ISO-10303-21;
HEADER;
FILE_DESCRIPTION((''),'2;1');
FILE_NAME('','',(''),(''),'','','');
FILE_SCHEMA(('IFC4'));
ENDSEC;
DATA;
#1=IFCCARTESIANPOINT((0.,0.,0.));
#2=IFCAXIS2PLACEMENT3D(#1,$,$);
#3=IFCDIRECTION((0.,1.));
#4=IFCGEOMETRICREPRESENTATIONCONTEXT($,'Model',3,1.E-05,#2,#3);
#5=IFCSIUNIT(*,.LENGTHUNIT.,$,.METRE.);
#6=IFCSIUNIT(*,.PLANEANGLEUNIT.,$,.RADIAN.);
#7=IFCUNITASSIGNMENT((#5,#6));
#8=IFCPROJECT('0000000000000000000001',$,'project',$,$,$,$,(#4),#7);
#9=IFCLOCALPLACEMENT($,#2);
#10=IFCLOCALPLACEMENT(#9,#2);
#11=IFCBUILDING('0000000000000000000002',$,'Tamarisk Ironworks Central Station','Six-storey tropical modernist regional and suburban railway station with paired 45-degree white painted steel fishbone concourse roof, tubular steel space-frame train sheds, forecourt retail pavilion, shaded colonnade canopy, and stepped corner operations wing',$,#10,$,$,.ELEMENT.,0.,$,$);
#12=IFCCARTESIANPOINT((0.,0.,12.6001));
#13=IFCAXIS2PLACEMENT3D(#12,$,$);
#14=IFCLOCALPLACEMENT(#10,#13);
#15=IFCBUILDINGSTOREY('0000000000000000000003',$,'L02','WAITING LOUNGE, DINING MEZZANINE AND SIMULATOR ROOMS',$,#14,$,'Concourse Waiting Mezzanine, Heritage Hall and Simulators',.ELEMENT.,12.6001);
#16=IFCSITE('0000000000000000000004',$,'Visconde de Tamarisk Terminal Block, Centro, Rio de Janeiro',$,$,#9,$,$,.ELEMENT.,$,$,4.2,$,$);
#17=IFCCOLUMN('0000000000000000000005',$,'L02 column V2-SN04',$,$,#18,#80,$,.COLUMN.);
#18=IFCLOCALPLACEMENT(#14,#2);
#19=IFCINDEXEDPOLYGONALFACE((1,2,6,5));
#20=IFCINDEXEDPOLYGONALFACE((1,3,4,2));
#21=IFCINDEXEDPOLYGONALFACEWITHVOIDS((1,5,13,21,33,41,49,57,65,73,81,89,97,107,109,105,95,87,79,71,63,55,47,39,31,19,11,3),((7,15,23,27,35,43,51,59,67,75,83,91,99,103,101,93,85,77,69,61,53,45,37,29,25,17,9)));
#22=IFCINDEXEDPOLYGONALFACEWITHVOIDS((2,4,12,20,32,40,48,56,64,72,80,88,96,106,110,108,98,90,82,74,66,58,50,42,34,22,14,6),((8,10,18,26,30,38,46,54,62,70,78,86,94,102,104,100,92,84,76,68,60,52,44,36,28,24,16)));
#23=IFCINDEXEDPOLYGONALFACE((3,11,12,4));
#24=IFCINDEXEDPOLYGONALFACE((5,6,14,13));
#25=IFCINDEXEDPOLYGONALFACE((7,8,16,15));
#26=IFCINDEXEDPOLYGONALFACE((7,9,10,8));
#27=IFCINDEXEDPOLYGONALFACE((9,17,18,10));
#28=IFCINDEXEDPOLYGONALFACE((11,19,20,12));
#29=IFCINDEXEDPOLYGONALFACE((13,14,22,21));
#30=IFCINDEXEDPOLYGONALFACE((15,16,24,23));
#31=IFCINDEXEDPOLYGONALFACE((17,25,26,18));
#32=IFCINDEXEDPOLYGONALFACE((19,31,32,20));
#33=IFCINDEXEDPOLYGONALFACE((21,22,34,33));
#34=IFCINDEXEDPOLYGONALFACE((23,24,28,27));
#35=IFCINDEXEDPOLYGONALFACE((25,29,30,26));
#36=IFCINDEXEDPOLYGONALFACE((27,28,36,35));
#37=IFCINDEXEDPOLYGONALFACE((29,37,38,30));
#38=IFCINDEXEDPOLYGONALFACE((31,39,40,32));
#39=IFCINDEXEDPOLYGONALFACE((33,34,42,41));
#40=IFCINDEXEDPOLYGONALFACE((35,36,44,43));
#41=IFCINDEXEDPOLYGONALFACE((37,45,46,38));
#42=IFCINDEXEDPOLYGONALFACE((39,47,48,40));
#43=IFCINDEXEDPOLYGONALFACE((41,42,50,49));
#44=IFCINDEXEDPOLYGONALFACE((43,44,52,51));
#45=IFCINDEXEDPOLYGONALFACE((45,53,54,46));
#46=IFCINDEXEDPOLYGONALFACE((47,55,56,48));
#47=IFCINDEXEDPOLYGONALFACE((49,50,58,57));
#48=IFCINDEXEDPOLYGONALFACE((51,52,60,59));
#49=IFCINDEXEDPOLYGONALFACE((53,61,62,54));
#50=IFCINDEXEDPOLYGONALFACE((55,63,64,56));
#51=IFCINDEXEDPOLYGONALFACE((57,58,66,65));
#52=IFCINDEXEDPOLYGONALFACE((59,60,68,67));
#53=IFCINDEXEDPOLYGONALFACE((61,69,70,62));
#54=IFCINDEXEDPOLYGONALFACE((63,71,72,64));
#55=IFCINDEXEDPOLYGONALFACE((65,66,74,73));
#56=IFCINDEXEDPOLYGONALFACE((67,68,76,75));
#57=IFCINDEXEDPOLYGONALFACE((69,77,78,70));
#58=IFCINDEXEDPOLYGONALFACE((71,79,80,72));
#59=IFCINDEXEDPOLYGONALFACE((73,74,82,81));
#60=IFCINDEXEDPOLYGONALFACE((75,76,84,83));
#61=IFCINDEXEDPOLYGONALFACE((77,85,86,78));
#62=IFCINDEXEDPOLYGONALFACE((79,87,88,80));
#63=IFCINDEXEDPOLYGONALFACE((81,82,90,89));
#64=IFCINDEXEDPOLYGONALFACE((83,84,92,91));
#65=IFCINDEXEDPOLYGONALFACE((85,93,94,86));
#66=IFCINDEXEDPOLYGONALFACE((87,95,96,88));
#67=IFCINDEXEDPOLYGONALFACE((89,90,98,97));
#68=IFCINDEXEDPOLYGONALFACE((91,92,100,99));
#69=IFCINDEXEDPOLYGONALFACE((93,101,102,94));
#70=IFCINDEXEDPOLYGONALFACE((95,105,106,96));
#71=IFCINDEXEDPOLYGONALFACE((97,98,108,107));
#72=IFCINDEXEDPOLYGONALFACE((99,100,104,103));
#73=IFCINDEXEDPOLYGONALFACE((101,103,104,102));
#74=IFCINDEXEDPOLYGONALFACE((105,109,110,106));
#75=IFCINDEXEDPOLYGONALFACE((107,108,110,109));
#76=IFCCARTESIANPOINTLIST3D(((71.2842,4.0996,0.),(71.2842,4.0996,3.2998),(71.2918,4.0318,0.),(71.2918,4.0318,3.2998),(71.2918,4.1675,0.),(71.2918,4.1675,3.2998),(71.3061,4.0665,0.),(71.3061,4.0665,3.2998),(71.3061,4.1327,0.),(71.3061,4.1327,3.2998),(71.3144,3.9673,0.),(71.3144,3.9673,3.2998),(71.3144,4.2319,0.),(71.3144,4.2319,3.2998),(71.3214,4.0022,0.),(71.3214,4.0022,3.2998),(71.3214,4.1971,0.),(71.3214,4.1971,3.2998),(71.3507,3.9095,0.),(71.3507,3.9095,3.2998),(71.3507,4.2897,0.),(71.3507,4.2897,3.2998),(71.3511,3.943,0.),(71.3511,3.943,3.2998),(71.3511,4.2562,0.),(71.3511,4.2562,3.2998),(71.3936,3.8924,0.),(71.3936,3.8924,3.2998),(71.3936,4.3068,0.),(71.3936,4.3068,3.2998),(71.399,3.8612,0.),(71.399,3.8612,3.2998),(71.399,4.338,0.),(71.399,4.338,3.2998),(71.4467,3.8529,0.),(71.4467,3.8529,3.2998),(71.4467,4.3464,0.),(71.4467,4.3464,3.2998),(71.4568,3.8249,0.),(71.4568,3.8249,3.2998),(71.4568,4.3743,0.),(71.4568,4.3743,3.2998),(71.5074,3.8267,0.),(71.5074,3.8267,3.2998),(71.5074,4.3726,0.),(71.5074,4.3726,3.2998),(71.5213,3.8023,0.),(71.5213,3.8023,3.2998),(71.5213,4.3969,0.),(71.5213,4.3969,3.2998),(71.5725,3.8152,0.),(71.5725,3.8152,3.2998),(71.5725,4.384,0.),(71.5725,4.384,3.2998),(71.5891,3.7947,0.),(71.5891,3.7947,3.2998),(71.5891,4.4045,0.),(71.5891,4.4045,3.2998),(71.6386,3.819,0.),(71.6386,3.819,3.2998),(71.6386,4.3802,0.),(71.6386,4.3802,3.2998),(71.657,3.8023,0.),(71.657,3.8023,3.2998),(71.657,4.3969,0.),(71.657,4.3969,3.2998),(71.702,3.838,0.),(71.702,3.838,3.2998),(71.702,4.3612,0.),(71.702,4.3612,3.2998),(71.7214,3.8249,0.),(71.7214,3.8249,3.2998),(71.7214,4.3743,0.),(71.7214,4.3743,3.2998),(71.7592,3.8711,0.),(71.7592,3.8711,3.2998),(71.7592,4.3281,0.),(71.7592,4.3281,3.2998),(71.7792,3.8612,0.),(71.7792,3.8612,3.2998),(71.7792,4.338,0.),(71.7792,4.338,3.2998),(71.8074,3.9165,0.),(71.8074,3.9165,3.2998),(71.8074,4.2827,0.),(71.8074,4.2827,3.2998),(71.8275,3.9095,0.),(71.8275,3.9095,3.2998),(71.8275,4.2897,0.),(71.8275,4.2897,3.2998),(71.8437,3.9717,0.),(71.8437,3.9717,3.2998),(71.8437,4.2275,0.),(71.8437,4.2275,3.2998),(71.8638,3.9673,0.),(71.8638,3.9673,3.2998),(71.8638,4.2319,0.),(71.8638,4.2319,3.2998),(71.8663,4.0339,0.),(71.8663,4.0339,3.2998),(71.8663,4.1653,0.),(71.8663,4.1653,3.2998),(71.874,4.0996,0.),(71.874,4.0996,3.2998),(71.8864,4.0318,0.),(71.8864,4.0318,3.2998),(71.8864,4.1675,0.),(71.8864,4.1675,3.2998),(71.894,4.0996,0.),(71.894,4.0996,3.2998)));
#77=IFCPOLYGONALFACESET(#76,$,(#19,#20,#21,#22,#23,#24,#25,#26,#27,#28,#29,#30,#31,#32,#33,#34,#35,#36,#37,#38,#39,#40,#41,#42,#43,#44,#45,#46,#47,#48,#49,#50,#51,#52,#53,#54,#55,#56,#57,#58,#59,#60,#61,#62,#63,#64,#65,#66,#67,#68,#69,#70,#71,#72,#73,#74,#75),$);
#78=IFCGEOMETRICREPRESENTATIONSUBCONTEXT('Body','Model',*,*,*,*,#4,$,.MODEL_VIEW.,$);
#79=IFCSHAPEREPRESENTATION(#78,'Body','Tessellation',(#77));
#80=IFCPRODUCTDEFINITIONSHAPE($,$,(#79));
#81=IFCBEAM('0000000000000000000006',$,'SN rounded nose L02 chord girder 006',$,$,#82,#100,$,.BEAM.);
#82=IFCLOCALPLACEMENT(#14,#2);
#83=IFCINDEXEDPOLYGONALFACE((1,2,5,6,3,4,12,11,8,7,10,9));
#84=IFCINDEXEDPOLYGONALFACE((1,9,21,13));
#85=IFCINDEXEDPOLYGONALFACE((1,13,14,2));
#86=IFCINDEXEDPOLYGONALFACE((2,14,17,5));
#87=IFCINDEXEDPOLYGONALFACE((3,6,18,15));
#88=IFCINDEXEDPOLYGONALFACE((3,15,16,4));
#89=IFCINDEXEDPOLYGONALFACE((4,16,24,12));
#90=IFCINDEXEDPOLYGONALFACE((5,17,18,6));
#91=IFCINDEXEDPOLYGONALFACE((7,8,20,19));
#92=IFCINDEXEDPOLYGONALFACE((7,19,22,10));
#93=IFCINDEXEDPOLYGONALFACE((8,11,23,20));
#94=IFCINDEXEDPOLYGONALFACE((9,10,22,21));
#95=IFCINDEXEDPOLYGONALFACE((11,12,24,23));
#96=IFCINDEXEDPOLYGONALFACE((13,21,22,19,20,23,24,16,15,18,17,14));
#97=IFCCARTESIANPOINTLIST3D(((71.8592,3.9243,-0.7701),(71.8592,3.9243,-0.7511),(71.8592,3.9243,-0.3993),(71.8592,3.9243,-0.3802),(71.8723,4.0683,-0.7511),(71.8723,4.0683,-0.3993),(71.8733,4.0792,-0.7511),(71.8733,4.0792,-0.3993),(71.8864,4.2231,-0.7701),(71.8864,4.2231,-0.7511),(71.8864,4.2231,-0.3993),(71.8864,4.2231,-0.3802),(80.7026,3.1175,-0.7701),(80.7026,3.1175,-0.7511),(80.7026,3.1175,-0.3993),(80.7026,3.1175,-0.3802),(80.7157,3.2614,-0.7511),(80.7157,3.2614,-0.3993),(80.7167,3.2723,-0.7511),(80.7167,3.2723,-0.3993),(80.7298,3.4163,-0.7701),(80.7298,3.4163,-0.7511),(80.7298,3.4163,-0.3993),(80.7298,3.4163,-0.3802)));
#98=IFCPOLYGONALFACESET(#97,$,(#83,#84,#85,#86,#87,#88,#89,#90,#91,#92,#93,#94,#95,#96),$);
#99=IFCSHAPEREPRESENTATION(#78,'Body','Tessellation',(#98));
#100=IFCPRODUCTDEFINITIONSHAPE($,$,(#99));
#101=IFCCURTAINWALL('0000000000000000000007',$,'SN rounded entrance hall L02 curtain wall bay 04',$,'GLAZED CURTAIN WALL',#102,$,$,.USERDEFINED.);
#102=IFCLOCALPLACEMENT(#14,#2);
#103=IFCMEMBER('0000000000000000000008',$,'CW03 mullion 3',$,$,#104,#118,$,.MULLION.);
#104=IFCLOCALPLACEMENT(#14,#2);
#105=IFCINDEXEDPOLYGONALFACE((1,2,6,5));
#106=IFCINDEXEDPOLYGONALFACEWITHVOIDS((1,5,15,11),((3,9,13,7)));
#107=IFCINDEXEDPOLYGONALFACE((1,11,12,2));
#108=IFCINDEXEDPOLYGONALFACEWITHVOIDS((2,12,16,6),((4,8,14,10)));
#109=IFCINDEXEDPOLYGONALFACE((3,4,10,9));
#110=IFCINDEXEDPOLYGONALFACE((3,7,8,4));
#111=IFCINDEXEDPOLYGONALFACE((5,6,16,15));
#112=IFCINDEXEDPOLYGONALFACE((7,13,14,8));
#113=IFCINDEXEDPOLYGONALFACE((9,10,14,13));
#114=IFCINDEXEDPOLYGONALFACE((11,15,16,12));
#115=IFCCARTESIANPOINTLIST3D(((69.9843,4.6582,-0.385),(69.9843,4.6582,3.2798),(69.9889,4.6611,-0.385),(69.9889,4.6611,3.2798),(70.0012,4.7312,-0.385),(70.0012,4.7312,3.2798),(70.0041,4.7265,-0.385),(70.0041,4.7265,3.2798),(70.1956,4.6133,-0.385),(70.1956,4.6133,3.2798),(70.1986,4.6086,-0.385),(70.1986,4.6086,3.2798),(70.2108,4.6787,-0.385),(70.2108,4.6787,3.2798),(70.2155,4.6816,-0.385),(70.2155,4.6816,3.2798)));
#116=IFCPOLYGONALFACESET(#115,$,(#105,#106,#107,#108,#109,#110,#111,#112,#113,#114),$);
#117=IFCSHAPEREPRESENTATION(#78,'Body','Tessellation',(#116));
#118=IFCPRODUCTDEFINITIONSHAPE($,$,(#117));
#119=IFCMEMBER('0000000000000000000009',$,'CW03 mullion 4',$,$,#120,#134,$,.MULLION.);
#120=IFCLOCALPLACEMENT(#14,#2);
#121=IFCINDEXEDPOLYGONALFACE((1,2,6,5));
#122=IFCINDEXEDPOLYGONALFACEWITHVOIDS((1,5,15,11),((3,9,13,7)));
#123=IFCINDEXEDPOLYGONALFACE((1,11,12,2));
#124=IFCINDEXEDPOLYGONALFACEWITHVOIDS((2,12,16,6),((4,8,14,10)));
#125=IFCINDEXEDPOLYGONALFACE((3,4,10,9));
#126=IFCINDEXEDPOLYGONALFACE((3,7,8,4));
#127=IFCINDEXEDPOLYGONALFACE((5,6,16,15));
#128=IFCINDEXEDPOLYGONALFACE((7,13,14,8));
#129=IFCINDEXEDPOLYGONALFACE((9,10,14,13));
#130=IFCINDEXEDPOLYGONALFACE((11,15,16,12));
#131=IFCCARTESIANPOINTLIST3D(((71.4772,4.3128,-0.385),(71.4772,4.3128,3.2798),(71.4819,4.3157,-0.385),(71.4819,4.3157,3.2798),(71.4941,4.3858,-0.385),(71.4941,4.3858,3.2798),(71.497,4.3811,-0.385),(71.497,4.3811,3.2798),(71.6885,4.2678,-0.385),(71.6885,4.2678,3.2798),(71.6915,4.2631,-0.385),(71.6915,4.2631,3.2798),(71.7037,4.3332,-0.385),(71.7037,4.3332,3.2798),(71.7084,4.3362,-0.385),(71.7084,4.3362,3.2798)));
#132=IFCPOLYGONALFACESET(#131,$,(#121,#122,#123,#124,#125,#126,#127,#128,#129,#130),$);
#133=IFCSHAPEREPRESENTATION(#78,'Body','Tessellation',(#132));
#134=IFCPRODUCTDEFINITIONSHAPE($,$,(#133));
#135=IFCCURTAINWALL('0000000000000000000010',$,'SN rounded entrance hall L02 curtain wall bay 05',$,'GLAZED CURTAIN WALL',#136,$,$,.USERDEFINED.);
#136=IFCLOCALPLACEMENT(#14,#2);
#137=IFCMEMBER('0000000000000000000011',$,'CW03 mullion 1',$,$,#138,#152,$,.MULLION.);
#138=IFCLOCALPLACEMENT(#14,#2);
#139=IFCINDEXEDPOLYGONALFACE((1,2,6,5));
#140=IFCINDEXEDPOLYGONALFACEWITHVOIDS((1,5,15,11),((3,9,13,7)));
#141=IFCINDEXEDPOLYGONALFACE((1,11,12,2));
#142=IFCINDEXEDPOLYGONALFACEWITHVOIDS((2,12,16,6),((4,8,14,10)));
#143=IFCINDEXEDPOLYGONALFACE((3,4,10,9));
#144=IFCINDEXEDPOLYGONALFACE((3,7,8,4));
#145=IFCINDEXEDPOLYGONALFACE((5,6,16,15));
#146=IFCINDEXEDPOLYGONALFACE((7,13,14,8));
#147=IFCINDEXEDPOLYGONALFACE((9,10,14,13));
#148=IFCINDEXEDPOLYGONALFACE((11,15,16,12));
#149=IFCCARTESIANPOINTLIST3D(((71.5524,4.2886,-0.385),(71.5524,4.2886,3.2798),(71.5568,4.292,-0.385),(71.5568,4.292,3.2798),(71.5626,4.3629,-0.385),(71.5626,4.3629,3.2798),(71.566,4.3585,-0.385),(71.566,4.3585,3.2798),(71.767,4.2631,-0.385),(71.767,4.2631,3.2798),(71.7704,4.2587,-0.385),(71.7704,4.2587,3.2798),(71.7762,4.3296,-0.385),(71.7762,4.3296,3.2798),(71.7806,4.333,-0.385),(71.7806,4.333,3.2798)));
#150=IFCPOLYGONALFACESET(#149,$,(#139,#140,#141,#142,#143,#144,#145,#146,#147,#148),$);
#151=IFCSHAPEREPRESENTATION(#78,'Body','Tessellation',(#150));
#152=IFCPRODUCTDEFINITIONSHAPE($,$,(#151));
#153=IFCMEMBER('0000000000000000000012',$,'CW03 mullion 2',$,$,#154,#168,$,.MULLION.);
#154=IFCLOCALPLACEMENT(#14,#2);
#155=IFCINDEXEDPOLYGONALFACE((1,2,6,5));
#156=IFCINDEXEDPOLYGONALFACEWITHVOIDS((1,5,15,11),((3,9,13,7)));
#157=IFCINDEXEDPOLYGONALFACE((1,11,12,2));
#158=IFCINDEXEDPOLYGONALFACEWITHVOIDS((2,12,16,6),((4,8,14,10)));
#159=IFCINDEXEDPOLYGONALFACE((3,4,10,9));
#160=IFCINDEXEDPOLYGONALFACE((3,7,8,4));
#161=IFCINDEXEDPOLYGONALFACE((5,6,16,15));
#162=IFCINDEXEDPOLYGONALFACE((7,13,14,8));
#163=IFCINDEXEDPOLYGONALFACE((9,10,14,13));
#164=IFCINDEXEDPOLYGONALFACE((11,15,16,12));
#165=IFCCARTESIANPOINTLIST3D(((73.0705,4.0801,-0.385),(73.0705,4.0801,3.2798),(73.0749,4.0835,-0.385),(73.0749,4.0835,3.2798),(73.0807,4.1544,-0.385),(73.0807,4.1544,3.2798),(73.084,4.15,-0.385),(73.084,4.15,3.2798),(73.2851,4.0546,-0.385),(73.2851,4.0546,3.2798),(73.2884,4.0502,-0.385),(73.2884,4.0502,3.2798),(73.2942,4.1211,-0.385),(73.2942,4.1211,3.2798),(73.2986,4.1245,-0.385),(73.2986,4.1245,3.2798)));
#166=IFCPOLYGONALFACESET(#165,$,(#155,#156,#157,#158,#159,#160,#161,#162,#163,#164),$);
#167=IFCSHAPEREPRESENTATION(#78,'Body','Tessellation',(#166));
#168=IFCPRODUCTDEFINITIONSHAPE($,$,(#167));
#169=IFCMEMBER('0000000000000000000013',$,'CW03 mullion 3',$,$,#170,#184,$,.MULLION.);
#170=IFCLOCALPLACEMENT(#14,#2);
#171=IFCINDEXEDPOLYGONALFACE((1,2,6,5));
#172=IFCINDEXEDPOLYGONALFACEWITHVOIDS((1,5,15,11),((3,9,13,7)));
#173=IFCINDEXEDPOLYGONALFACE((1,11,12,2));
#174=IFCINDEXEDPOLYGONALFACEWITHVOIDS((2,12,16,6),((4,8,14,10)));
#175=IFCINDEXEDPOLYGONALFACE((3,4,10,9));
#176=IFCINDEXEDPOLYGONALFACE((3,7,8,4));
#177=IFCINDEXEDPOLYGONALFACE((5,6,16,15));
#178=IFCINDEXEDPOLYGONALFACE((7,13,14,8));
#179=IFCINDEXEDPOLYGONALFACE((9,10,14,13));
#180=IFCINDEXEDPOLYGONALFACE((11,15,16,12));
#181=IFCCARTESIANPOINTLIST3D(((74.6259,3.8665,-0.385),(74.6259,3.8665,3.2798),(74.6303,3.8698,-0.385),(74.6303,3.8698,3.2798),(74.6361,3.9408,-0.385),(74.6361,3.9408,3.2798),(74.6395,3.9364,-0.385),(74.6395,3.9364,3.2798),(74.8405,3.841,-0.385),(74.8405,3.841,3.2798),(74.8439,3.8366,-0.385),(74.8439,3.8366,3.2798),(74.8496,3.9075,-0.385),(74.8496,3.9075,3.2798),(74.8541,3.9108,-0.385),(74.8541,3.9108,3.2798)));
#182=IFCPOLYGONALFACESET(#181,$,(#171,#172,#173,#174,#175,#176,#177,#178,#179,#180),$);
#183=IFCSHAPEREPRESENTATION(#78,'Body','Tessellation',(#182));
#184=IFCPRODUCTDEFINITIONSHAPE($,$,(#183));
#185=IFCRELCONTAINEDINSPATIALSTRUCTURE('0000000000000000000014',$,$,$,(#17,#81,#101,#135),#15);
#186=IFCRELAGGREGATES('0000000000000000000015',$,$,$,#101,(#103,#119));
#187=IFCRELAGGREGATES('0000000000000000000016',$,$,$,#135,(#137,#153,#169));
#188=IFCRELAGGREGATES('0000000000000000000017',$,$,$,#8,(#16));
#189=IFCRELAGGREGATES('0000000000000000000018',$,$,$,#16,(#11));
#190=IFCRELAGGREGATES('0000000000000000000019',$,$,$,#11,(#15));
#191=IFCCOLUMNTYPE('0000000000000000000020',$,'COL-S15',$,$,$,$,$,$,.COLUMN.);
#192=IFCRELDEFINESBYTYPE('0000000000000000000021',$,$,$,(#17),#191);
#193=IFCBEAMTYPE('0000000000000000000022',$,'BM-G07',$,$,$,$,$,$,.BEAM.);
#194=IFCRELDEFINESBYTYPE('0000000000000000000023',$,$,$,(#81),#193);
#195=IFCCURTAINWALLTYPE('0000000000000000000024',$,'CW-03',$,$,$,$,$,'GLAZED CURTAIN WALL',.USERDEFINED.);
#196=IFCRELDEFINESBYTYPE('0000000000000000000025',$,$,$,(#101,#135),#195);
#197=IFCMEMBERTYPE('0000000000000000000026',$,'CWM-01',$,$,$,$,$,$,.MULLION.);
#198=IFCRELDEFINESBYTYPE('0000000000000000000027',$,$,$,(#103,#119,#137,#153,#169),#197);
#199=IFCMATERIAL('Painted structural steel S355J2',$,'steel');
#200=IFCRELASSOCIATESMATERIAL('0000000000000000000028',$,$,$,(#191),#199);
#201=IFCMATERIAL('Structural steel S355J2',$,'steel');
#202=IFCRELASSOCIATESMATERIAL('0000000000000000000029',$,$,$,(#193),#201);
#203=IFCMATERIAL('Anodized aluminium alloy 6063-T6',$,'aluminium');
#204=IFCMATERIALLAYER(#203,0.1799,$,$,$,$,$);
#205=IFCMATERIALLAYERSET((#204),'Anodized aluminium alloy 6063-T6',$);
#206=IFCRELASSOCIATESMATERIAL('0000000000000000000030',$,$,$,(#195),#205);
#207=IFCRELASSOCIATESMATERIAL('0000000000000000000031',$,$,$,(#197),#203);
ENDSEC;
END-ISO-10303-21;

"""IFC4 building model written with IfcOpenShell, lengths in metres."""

from ifc_helpers import new_model, si_unit, direction, frame, origin, origin_2d, place, context, subcontext, project, spatial, hollow_rectangle, hollow_circle, i_section, extrude, material, layer, layer_set, material_profile, profile_set, type_object, element, aggregate, save


model = new_model("IFC4")

# Units and contexts
model_context = context("Model", 3, precision=1e-05, world=origin(), true_north=direction((0.0, 1.0)))
body_context = subcontext(model_context, "Body", "Model", "MODEL_VIEW")
ifc_project = project(units=[si_unit("LENGTHUNIT", "METRE"), si_unit("PLANEANGLEUNIT", "RADIAN")], contexts=[model_context])

# Site, building, storey
site_placement = place(None, origin())
site = spatial("IfcSite", under=ifc_project, at=site_placement, Name="Visconde de Tamarisk Terminal Block, Centro, Rio de Janeiro", CompositionType="ELEMENT", RefElevation=4.2)
building_placement = place(site_placement, origin())
building = spatial("IfcBuilding", under=site, at=building_placement, Name="Tamarisk Ironworks Central Station", Description="Six-storey tropical modernist regional and suburban railway station with paired 45-degree white painted steel fishbone concourse roof, tubular steel space-frame train sheds, forecourt retail pavilion, shaded colonnade canopy, and stepped corner operations wing", CompositionType="ELEMENT", ElevationOfRefHeight=0.0)
storey_placement = place(building_placement, frame((0.0, 0.0, 12.6001)))
storey = spatial("IfcBuildingStorey", under=building, at=storey_placement, Name="L02", Description="WAITING LOUNGE, DINING MEZZANINE AND SIMULATOR ROOMS", LongName="Concourse Waiting Mezzanine, Heritage Hall and Simulators", CompositionType="ELEMENT", Elevation=12.6001)

# Column
ifc_material_1 = material(Name="Painted structural steel S355J2", Category="steel")
ifc_material_profile_1 = material_profile(ifc_material_1, hollow_circle(Radius=0.3049, WallThickness=0.02, at=origin_2d()), Name="CHS 610x20")
ifc_profile_set_1 = profile_set([ifc_material_profile_1], Name="Painted structural steel S355J2")
column_type = type_object("IfcColumnType", Name="COL-S15", PredefinedType="COLUMN", material=ifc_profile_set_1)
column_placement = place(storey_placement, frame((71.5891, 4.0996, 0.0), z_axis=(0.0, 0.0, 1.0), x_axis=(1.0, 0.0, 0.0)))
element("IfcColumn", 1, at=column_placement, inside=storey, type_object=column_type, Name="L02 column V2-SN04", PredefinedType="COLUMN", context=body_context, shape_type="SweptSolid", body=[
    extrude(hollow_circle(Radius=0.3049, WallThickness=0.02, at=origin_2d()), origin(), (0.0, 0.0, 1.0), 3.2998),
])

# Beam
ifc_material_2 = material(Name="Structural steel S355J2", Category="steel")
ifc_material_profile_2 = material_profile(ifc_material_2, i_section(OverallWidth=0.3, OverallDepth=0.3899, WebThickness=0.011, FlangeThickness=0.019, at=origin_2d()), Name="HEA 400")
ifc_profile_set_2 = profile_set([ifc_material_profile_2], Name="Structural steel S355J2")
beam_type = type_object("IfcBeamType", Name="BM-G07", PredefinedType="BEAM", material=ifc_profile_set_2)
beam_placement = place(storey_placement, frame((71.8728, 4.0737, -0.5752), z_axis=(0.995863, -0.090863, 0.0), x_axis=(0.090863, 0.995863, 0.0)))
element("IfcBeam", 2, at=beam_placement, inside=storey, type_object=beam_type, Name="SN rounded nose L02 chord girder 006", PredefinedType="BEAM", context=body_context, shape_type="SweptSolid", body=[
    extrude(i_section(OverallWidth=0.3, OverallDepth=0.3899, WebThickness=0.011, FlangeThickness=0.019, at=origin_2d()), origin(), (0.0, 0.0, 1.0), 8.8801),
])

# Curtain walls, members
ifc_material_3 = material(Name="Anodized aluminium alloy 6063-T6", Category="aluminium")
ifc_layer_1 = layer(ifc_material_3, 0.1799)
ifc_layer_set_1 = layer_set([ifc_layer_1], Name="Anodized aluminium alloy 6063-T6")
curtain_wall_type = type_object("IfcCurtainWallType", Name="CW-03", ElementType="GLAZED CURTAIN WALL", PredefinedType="USERDEFINED", material=ifc_layer_set_1)
curtain_wall_1_placement = place(storey_placement, origin())
curtain_wall_1 = element("IfcCurtainWall", 3, at=curtain_wall_1_placement, inside=storey, type_object=curtain_wall_type, Name="SN rounded entrance hall L02 curtain wall bay 04", ObjectType="GLAZED CURTAIN WALL", PredefinedType="USERDEFINED")
ifc_material_profile_3 = material_profile(ifc_material_3, hollow_rectangle(XDim=0.075, YDim=0.22, WallThickness=0.0039, at=origin_2d()), Name="ALUM 220x75")
ifc_profile_set_3 = profile_set([ifc_material_profile_3], Name="Anodized aluminium alloy 6063-T6")
member_type_1 = type_object("IfcMemberType", Name="CWM-01", PredefinedType="MULLION", material=ifc_profile_set_3)
member_1_placement = place(storey_placement, frame((70.0999, 4.6699, -0.385), z_axis=(0.0, 0.0, 1.0), x_axis=(0.225517, 0.974239, 0.0)))
member_1 = element("IfcMember", 4, at=member_1_placement, type_object=member_type_1, Name="CW03 mullion 3", PredefinedType="MULLION", context=body_context, shape_type="SweptSolid", body=[
    extrude(hollow_rectangle(XDim=0.075, YDim=0.22, WallThickness=0.0039, at=origin_2d()), origin(), (0.0, 0.0, 1.0), 3.6648),
])
member_2_placement = place(storey_placement, frame((71.5928, 4.3245, -0.385), z_axis=(0.0, 0.0, 1.0), x_axis=(0.225517, 0.974239, 0.0)))
member_2 = element("IfcMember", 5, at=member_2_placement, type_object=member_type_1, Name="CW03 mullion 4", PredefinedType="MULLION", context=body_context, shape_type="SweptSolid", body=[
    extrude(hollow_rectangle(XDim=0.075, YDim=0.22, WallThickness=0.0039, at=origin_2d()), origin(), (0.0, 0.0, 1.0), 3.6648),
])
curtain_wall_2_placement = place(storey_placement, origin())
curtain_wall_2 = element("IfcCurtainWall", 6, at=curtain_wall_2_placement, inside=storey, type_object=curtain_wall_type, Name="SN rounded entrance hall L02 curtain wall bay 05", ObjectType="GLAZED CURTAIN WALL", PredefinedType="USERDEFINED")
member_3_placement = place(storey_placement, frame((71.6665, 4.3108, -0.385), z_axis=(0.0, 0.0, 1.0), x_axis=(0.136042, 0.990703, 0.0)))
member_3 = element("IfcMember", 7, at=member_3_placement, type_object=member_type_1, Name="CW03 mullion 1", PredefinedType="MULLION", context=body_context, shape_type="SweptSolid", body=[
    extrude(hollow_rectangle(XDim=0.075, YDim=0.22, WallThickness=0.0039, at=origin_2d()), origin(), (0.0, 0.0, 1.0), 3.6648),
])
member_4_placement = place(storey_placement, frame((73.1846, 4.1023, -0.385), z_axis=(0.0, 0.0, 1.0), x_axis=(0.136042, 0.990703, 0.0)))
member_4 = element("IfcMember", 8, at=member_4_placement, type_object=member_type_1, Name="CW03 mullion 2", PredefinedType="MULLION", context=body_context, shape_type="SweptSolid", body=[
    extrude(hollow_rectangle(XDim=0.075, YDim=0.22, WallThickness=0.0039, at=origin_2d()), origin(), (0.0, 0.0, 1.0), 3.6648),
])
member_5_placement = place(storey_placement, frame((74.74, 3.8887, -0.385), z_axis=(0.0, 0.0, 1.0), x_axis=(0.136042, 0.990703, 0.0)))
member_5 = element("IfcMember", 9, at=member_5_placement, type_object=member_type_1, Name="CW03 mullion 3", PredefinedType="MULLION", context=body_context, shape_type="SweptSolid", body=[
    extrude(hollow_rectangle(XDim=0.075, YDim=0.22, WallThickness=0.0039, at=origin_2d()), origin(), (0.0, 0.0, 1.0), 3.6648),
])

aggregate(curtain_wall_1, [member_1, member_2])
aggregate(curtain_wall_2, [member_3, member_4, member_5])

save(model, "model.ifc")
